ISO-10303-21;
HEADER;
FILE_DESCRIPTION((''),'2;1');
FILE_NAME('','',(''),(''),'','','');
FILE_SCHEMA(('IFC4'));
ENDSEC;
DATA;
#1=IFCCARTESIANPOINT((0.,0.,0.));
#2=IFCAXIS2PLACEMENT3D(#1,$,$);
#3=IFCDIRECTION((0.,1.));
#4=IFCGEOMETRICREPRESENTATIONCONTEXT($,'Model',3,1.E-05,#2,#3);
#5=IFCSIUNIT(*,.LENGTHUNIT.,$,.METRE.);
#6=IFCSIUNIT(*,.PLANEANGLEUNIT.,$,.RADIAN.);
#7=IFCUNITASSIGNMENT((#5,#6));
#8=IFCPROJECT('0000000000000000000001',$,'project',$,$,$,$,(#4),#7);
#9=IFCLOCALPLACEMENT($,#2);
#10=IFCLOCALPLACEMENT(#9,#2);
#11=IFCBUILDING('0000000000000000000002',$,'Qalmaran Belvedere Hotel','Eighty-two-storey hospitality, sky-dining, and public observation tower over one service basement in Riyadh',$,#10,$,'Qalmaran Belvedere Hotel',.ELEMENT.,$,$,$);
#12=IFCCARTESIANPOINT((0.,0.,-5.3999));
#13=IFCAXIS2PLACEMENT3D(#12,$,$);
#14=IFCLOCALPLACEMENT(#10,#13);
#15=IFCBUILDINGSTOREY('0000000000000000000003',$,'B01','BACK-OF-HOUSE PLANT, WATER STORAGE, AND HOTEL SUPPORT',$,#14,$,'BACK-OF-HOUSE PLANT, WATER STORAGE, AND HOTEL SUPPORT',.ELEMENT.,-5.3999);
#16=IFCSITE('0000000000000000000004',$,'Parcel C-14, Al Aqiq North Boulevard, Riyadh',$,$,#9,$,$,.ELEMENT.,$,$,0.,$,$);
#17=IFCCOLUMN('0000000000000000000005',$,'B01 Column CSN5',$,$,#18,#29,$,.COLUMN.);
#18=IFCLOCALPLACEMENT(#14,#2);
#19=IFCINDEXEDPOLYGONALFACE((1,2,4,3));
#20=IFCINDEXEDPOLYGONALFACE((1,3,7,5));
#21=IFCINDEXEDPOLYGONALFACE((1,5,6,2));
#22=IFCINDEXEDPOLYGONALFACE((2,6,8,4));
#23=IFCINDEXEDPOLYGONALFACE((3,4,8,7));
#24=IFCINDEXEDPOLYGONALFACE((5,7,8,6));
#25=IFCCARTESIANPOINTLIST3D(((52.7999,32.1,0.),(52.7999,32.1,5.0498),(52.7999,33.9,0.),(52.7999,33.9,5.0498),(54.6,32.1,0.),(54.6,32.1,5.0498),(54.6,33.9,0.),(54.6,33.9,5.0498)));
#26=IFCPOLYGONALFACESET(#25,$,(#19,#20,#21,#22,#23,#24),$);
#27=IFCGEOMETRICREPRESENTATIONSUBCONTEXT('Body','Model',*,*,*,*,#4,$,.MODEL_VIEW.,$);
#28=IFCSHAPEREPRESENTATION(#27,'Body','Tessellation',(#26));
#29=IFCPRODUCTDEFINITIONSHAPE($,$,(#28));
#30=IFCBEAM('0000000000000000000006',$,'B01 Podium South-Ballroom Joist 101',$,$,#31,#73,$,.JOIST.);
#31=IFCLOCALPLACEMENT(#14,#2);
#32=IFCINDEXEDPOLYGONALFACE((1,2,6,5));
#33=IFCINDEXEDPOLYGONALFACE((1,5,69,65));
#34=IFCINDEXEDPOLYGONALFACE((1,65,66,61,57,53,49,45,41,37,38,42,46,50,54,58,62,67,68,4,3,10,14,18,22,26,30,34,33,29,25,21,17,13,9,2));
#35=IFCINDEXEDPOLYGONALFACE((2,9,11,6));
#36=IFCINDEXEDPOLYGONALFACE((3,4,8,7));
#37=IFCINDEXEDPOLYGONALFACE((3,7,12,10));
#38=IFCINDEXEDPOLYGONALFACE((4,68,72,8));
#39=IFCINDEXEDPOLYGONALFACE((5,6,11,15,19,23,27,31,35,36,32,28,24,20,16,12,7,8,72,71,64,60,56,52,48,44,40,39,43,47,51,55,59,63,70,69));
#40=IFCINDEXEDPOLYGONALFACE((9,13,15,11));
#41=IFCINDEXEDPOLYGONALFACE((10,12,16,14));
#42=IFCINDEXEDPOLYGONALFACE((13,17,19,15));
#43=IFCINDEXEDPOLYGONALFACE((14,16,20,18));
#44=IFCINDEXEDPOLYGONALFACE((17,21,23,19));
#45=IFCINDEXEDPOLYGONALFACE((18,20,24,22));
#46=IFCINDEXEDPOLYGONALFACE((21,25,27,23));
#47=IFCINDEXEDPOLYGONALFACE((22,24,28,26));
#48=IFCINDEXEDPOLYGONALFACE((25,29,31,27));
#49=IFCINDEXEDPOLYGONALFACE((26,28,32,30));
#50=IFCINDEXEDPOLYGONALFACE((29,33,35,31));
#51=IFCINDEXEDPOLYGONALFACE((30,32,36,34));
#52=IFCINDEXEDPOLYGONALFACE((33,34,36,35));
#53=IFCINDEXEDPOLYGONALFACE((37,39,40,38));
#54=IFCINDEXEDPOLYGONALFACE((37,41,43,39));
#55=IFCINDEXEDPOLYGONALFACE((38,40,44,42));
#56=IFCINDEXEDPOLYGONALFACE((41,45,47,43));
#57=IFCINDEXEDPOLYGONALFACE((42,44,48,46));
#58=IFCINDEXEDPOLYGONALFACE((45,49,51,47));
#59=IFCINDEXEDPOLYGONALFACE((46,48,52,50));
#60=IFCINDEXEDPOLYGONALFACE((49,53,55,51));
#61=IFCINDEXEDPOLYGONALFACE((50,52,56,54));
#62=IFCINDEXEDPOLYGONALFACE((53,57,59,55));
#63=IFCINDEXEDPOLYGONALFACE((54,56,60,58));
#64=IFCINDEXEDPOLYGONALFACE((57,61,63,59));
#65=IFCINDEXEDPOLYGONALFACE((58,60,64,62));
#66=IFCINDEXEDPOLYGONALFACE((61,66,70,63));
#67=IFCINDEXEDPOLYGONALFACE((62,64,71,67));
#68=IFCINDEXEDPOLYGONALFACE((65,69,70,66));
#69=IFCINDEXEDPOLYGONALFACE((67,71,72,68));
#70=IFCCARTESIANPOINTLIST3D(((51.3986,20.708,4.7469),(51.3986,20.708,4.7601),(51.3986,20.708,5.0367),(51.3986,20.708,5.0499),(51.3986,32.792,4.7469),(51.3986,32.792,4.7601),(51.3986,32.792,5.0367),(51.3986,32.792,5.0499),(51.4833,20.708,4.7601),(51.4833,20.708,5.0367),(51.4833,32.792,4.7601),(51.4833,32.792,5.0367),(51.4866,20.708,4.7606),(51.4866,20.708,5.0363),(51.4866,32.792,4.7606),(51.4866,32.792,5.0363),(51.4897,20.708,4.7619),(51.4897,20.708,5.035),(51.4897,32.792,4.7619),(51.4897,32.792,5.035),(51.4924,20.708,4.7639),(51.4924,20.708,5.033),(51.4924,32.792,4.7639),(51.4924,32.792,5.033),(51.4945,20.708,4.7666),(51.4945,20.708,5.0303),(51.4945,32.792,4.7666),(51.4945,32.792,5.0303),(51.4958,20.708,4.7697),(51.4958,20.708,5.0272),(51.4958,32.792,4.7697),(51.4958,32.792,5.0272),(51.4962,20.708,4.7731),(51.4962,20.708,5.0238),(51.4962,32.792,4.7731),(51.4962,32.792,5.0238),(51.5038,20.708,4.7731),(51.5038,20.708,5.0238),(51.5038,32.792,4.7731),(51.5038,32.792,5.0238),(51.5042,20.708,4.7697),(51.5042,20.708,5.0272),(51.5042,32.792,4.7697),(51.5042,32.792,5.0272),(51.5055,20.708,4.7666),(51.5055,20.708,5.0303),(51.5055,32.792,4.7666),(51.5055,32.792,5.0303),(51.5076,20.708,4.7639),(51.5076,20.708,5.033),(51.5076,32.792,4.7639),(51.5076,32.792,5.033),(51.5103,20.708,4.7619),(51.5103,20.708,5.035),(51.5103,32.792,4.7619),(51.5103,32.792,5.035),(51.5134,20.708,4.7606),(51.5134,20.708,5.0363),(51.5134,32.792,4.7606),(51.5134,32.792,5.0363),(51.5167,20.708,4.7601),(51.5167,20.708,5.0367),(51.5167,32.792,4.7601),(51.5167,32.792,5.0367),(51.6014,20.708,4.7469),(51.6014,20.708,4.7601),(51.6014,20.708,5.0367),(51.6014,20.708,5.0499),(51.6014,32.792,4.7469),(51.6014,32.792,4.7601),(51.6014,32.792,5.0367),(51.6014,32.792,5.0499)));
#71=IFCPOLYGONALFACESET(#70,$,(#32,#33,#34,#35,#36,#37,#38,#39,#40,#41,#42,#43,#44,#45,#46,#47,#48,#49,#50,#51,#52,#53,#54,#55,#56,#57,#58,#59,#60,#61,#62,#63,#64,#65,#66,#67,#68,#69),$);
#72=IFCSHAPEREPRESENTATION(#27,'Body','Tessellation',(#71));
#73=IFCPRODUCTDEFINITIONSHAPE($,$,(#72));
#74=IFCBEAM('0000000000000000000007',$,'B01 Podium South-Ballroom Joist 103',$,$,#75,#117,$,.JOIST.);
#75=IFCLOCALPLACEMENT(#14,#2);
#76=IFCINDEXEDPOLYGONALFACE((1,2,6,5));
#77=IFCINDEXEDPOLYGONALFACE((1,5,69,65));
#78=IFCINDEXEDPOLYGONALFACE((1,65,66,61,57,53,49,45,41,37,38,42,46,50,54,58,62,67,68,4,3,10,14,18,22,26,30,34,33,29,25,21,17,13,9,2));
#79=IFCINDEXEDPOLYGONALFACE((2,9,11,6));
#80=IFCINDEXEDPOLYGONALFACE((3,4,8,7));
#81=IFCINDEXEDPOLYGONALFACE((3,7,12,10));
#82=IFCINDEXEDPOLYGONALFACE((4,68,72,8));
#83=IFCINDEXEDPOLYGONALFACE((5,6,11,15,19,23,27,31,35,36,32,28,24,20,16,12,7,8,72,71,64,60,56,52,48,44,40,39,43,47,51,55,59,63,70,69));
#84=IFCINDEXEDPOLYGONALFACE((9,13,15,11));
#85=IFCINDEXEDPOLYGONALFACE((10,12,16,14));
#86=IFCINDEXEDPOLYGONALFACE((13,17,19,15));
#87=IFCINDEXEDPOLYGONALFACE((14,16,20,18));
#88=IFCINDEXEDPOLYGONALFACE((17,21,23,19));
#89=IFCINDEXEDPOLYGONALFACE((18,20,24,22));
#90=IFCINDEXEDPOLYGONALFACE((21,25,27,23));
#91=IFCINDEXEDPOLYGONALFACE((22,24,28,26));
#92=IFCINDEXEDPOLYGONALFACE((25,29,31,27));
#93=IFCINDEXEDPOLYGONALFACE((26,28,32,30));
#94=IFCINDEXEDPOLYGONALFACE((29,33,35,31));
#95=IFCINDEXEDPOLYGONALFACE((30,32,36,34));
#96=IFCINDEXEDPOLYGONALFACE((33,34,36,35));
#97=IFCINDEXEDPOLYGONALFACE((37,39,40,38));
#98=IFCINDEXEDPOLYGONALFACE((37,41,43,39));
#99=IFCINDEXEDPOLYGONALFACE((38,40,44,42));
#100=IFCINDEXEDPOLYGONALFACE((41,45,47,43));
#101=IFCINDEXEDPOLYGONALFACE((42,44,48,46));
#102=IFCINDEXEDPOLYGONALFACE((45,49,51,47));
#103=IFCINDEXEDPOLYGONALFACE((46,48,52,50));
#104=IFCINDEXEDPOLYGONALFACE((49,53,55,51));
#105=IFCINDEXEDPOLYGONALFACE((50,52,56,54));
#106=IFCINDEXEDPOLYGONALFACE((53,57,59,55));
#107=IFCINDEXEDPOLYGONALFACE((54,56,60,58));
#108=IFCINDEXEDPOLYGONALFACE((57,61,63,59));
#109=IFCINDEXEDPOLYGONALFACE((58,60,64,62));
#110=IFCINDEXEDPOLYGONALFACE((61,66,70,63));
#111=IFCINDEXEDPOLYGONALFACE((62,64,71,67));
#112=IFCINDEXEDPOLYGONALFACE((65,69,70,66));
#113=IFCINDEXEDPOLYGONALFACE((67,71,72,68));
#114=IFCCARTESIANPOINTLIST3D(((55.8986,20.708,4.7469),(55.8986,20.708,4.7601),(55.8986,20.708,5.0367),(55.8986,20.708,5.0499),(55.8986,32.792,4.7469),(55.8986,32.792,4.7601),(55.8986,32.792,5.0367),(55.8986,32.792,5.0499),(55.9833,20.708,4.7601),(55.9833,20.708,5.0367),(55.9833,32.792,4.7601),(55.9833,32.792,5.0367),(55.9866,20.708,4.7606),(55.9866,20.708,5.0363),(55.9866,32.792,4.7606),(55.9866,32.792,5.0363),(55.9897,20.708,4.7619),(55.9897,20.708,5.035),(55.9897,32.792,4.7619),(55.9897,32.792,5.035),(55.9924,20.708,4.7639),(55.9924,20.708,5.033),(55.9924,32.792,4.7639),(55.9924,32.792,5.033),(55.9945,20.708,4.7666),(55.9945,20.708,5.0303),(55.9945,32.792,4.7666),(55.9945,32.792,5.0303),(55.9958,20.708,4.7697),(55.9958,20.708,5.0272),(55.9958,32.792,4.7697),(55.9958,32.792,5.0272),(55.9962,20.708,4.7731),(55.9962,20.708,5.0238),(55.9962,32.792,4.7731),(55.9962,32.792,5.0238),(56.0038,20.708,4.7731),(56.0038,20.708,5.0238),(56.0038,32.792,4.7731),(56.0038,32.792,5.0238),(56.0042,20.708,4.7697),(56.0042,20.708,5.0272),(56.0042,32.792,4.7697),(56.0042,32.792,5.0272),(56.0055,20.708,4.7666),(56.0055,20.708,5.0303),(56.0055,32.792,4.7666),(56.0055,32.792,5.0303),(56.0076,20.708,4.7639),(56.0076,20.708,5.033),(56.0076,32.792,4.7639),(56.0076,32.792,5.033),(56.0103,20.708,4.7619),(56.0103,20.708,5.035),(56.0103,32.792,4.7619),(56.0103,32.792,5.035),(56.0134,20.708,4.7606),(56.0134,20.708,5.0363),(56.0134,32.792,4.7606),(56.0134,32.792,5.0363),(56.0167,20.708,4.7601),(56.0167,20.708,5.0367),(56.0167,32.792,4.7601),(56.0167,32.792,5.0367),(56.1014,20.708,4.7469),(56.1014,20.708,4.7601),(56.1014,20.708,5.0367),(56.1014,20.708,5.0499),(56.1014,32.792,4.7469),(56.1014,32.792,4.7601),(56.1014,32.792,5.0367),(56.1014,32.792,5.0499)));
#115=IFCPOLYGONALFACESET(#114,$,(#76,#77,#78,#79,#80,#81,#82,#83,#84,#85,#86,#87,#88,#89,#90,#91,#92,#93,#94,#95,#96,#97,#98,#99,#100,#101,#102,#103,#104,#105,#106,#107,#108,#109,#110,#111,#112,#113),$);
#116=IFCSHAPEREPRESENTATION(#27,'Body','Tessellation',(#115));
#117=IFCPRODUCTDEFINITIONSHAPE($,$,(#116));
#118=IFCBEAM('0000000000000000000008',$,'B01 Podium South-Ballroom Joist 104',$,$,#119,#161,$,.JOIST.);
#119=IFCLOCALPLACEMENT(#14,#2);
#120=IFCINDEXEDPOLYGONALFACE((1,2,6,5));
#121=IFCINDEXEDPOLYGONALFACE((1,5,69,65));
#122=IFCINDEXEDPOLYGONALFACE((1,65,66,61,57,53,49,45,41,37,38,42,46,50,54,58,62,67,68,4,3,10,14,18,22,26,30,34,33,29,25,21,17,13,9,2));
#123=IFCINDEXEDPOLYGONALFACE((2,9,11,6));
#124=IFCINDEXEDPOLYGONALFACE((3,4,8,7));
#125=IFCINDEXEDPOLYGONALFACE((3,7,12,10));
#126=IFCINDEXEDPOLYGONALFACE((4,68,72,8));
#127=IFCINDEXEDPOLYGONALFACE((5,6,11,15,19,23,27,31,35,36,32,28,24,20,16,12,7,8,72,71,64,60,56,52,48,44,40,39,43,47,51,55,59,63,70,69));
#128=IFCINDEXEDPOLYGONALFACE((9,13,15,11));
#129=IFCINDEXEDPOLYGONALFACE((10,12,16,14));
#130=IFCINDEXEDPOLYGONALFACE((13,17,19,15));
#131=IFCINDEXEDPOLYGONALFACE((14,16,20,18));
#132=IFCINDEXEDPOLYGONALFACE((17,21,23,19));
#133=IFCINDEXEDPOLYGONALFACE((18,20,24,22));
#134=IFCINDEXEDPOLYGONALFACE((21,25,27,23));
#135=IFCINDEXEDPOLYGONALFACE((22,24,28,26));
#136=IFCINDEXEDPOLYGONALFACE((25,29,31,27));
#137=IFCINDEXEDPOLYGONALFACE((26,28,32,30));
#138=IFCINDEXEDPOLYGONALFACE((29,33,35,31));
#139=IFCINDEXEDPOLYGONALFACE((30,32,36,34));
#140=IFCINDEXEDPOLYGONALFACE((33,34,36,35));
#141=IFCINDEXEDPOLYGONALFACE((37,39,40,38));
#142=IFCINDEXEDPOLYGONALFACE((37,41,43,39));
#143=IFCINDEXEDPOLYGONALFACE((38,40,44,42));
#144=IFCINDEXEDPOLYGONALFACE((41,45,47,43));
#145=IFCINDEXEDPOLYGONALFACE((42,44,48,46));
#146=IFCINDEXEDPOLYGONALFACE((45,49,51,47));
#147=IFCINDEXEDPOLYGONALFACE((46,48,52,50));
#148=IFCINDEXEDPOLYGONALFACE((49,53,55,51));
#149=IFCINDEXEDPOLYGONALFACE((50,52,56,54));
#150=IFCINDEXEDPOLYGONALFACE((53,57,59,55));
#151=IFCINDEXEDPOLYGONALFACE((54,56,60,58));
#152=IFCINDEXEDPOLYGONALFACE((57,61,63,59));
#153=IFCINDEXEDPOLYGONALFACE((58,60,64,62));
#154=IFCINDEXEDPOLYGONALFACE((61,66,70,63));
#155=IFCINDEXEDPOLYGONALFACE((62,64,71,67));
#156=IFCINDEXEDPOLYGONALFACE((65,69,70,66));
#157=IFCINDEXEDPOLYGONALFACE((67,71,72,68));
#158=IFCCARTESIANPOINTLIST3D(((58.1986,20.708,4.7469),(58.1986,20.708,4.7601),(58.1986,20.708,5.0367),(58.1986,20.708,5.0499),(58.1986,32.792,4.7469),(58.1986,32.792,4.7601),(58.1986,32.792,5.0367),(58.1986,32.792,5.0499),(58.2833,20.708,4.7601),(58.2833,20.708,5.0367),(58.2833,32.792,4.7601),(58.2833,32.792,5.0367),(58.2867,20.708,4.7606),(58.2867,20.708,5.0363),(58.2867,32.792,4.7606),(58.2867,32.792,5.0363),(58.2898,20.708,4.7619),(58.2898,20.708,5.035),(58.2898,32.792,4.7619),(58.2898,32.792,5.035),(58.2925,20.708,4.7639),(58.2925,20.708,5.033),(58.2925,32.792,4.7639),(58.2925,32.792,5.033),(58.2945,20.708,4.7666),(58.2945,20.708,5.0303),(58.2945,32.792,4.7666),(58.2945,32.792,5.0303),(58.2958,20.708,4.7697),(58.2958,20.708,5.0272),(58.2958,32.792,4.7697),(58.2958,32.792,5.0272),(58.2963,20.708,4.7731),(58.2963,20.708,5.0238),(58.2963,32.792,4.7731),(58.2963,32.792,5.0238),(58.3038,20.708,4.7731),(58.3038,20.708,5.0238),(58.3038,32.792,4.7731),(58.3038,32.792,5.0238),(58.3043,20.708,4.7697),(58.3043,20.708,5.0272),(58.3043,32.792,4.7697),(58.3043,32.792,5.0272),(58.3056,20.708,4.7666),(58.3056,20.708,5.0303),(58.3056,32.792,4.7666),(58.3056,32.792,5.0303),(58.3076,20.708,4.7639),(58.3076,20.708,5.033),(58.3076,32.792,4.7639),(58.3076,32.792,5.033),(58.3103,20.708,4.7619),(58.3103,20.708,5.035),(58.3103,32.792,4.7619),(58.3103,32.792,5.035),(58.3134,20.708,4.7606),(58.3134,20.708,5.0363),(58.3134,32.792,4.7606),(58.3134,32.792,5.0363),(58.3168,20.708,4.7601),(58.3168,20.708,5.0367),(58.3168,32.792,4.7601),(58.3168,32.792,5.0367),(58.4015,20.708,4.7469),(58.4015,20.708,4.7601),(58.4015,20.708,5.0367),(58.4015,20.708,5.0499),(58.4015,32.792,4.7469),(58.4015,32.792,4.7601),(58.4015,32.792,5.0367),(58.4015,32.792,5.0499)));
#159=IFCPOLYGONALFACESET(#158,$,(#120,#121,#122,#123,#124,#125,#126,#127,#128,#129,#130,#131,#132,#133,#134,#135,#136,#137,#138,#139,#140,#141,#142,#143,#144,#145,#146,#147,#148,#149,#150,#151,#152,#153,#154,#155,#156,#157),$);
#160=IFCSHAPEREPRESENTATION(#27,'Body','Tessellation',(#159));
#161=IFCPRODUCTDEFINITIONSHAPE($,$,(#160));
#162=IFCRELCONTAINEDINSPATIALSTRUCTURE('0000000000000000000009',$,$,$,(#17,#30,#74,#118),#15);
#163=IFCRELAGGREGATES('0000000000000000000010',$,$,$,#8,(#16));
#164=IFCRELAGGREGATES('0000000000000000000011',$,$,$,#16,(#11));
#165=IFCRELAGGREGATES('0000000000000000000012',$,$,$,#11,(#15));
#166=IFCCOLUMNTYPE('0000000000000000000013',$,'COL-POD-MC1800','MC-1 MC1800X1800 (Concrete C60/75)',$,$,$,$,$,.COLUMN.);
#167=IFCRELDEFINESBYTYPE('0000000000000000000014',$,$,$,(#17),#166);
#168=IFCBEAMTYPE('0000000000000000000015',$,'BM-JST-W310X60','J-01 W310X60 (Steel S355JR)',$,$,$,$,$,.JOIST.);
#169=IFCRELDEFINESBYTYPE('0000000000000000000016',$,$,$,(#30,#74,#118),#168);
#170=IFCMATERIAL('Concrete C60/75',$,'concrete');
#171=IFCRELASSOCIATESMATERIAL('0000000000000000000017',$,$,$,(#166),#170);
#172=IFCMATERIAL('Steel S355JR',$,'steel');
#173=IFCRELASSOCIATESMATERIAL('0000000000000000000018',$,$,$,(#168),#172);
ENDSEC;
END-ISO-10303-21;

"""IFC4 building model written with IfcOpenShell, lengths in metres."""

from ifc_helpers import new_model, si_unit, direction, frame, origin, origin_2d, place, context, subcontext, project, spatial, rectangle, i_section, extrude, material, material_profile, profile_set, type_object, element, save


model = new_model("IFC4")

# Units and contexts
model_context = context("Model", 3, precision=1e-05, world=origin(), true_north=direction((0.0, 1.0)))
body_context = subcontext(model_context, "Body", "Model", "MODEL_VIEW")
ifc_project = project(units=[si_unit("LENGTHUNIT", "METRE"), si_unit("PLANEANGLEUNIT", "RADIAN")], contexts=[model_context])

# Site, building, storey
site_placement = place(None, origin())
site = spatial("IfcSite", under=ifc_project, at=site_placement, Name="Parcel C-14, Al Aqiq North Boulevard, Riyadh", CompositionType="ELEMENT", RefElevation=0.0)
building_placement = place(site_placement, origin())
building = spatial("IfcBuilding", under=site, at=building_placement, Name="Qalmaran Belvedere Hotel", Description="Eighty-two-storey hospitality, sky-dining, and public observation tower over one service basement in Riyadh", LongName="Qalmaran Belvedere Hotel", CompositionType="ELEMENT")
storey_placement = place(building_placement, frame((0.0, 0.0, -5.3999)))
storey = spatial("IfcBuildingStorey", under=building, at=storey_placement, Name="B01", Description="BACK-OF-HOUSE PLANT, WATER STORAGE, AND HOTEL SUPPORT", LongName="BACK-OF-HOUSE PLANT, WATER STORAGE, AND HOTEL SUPPORT", CompositionType="ELEMENT", Elevation=-5.3999)

# Column
ifc_material_1 = material(Name="Concrete C60/75", Category="concrete")
ifc_material_profile_1 = material_profile(ifc_material_1, rectangle(XDim=1.8, YDim=1.8, at=origin_2d()), Name="MC1800X1800")
ifc_profile_set_1 = profile_set([ifc_material_profile_1], Name="Concrete C60/75")
column_type_1 = type_object("IfcColumnType", Name="COL-POD-MC1800", Description="MC-1 MC1800X1800 (Concrete C60/75)", PredefinedType="COLUMN", material=ifc_profile_set_1)
for number, where, z_axis, x_axis, name in (
    (1, (53.7, 33.0, 0.0), (0.0, 0.0, 1.0), (1.0, 0.0, 0.0), "B01 Column CSN5"),
):
    element("IfcColumn", number, at=place(storey_placement, frame(where, z_axis=z_axis, x_axis=x_axis)), inside=storey, type_object=column_type_1, Name=name, PredefinedType="COLUMN", context=body_context, shape_type="SweptSolid", body=[
        extrude(rectangle(XDim=1.8, YDim=1.8, at=origin_2d()), origin(), (0.0, 0.0, 1.0), 5.0498),
    ])

# Beams
ifc_material_2 = material(Name="Steel S355JR", Category="steel")
ifc_material_profile_2 = material_profile(ifc_material_2, i_section(OverallWidth=0.2029, OverallDepth=0.303, WebThickness=0.0076, FlangeThickness=0.0132, FilletRadius=0.0129, at=origin_2d()), Name="W310X60")
ifc_profile_set_2 = profile_set([ifc_material_profile_2], Name="Steel S355JR")
beam_type_1 = type_object("IfcBeamType", Name="BM-JST-W310X60", Description="J-01 W310X60 (Steel S355JR)", PredefinedType="JOIST", material=ifc_profile_set_2)
for number, where, z_axis, x_axis, name in (
    (2, (51.5, 20.708, 4.8984), (0.0, 1.0, 0.0), (-1.0, 0.0, 0.0), "B01 Podium South-Ballroom Joist 101"),
    (3, (56.0, 20.708, 4.8984), (0.0, 1.0, 0.0), (-1.0, 0.0, 0.0), "B01 Podium South-Ballroom Joist 103"),
    (4, (58.3, 20.708, 4.8984), (0.0, 1.0, 0.0), (-1.0, 0.0, 0.0), "B01 Podium South-Ballroom Joist 104"),
):
    element("IfcBeam", number, at=place(storey_placement, frame(where, z_axis=z_axis, x_axis=x_axis)), inside=storey, type_object=beam_type_1, Name=name, PredefinedType="JOIST", context=body_context, shape_type="SweptSolid", body=[
        extrude(i_section(OverallWidth=0.2029, OverallDepth=0.303, WebThickness=0.0076, FlangeThickness=0.0132, FilletRadius=0.0129, at=origin_2d()), origin(), (0.0, 0.0, 1.0), 12.084),
    ])

save(model, "model.ifc")
